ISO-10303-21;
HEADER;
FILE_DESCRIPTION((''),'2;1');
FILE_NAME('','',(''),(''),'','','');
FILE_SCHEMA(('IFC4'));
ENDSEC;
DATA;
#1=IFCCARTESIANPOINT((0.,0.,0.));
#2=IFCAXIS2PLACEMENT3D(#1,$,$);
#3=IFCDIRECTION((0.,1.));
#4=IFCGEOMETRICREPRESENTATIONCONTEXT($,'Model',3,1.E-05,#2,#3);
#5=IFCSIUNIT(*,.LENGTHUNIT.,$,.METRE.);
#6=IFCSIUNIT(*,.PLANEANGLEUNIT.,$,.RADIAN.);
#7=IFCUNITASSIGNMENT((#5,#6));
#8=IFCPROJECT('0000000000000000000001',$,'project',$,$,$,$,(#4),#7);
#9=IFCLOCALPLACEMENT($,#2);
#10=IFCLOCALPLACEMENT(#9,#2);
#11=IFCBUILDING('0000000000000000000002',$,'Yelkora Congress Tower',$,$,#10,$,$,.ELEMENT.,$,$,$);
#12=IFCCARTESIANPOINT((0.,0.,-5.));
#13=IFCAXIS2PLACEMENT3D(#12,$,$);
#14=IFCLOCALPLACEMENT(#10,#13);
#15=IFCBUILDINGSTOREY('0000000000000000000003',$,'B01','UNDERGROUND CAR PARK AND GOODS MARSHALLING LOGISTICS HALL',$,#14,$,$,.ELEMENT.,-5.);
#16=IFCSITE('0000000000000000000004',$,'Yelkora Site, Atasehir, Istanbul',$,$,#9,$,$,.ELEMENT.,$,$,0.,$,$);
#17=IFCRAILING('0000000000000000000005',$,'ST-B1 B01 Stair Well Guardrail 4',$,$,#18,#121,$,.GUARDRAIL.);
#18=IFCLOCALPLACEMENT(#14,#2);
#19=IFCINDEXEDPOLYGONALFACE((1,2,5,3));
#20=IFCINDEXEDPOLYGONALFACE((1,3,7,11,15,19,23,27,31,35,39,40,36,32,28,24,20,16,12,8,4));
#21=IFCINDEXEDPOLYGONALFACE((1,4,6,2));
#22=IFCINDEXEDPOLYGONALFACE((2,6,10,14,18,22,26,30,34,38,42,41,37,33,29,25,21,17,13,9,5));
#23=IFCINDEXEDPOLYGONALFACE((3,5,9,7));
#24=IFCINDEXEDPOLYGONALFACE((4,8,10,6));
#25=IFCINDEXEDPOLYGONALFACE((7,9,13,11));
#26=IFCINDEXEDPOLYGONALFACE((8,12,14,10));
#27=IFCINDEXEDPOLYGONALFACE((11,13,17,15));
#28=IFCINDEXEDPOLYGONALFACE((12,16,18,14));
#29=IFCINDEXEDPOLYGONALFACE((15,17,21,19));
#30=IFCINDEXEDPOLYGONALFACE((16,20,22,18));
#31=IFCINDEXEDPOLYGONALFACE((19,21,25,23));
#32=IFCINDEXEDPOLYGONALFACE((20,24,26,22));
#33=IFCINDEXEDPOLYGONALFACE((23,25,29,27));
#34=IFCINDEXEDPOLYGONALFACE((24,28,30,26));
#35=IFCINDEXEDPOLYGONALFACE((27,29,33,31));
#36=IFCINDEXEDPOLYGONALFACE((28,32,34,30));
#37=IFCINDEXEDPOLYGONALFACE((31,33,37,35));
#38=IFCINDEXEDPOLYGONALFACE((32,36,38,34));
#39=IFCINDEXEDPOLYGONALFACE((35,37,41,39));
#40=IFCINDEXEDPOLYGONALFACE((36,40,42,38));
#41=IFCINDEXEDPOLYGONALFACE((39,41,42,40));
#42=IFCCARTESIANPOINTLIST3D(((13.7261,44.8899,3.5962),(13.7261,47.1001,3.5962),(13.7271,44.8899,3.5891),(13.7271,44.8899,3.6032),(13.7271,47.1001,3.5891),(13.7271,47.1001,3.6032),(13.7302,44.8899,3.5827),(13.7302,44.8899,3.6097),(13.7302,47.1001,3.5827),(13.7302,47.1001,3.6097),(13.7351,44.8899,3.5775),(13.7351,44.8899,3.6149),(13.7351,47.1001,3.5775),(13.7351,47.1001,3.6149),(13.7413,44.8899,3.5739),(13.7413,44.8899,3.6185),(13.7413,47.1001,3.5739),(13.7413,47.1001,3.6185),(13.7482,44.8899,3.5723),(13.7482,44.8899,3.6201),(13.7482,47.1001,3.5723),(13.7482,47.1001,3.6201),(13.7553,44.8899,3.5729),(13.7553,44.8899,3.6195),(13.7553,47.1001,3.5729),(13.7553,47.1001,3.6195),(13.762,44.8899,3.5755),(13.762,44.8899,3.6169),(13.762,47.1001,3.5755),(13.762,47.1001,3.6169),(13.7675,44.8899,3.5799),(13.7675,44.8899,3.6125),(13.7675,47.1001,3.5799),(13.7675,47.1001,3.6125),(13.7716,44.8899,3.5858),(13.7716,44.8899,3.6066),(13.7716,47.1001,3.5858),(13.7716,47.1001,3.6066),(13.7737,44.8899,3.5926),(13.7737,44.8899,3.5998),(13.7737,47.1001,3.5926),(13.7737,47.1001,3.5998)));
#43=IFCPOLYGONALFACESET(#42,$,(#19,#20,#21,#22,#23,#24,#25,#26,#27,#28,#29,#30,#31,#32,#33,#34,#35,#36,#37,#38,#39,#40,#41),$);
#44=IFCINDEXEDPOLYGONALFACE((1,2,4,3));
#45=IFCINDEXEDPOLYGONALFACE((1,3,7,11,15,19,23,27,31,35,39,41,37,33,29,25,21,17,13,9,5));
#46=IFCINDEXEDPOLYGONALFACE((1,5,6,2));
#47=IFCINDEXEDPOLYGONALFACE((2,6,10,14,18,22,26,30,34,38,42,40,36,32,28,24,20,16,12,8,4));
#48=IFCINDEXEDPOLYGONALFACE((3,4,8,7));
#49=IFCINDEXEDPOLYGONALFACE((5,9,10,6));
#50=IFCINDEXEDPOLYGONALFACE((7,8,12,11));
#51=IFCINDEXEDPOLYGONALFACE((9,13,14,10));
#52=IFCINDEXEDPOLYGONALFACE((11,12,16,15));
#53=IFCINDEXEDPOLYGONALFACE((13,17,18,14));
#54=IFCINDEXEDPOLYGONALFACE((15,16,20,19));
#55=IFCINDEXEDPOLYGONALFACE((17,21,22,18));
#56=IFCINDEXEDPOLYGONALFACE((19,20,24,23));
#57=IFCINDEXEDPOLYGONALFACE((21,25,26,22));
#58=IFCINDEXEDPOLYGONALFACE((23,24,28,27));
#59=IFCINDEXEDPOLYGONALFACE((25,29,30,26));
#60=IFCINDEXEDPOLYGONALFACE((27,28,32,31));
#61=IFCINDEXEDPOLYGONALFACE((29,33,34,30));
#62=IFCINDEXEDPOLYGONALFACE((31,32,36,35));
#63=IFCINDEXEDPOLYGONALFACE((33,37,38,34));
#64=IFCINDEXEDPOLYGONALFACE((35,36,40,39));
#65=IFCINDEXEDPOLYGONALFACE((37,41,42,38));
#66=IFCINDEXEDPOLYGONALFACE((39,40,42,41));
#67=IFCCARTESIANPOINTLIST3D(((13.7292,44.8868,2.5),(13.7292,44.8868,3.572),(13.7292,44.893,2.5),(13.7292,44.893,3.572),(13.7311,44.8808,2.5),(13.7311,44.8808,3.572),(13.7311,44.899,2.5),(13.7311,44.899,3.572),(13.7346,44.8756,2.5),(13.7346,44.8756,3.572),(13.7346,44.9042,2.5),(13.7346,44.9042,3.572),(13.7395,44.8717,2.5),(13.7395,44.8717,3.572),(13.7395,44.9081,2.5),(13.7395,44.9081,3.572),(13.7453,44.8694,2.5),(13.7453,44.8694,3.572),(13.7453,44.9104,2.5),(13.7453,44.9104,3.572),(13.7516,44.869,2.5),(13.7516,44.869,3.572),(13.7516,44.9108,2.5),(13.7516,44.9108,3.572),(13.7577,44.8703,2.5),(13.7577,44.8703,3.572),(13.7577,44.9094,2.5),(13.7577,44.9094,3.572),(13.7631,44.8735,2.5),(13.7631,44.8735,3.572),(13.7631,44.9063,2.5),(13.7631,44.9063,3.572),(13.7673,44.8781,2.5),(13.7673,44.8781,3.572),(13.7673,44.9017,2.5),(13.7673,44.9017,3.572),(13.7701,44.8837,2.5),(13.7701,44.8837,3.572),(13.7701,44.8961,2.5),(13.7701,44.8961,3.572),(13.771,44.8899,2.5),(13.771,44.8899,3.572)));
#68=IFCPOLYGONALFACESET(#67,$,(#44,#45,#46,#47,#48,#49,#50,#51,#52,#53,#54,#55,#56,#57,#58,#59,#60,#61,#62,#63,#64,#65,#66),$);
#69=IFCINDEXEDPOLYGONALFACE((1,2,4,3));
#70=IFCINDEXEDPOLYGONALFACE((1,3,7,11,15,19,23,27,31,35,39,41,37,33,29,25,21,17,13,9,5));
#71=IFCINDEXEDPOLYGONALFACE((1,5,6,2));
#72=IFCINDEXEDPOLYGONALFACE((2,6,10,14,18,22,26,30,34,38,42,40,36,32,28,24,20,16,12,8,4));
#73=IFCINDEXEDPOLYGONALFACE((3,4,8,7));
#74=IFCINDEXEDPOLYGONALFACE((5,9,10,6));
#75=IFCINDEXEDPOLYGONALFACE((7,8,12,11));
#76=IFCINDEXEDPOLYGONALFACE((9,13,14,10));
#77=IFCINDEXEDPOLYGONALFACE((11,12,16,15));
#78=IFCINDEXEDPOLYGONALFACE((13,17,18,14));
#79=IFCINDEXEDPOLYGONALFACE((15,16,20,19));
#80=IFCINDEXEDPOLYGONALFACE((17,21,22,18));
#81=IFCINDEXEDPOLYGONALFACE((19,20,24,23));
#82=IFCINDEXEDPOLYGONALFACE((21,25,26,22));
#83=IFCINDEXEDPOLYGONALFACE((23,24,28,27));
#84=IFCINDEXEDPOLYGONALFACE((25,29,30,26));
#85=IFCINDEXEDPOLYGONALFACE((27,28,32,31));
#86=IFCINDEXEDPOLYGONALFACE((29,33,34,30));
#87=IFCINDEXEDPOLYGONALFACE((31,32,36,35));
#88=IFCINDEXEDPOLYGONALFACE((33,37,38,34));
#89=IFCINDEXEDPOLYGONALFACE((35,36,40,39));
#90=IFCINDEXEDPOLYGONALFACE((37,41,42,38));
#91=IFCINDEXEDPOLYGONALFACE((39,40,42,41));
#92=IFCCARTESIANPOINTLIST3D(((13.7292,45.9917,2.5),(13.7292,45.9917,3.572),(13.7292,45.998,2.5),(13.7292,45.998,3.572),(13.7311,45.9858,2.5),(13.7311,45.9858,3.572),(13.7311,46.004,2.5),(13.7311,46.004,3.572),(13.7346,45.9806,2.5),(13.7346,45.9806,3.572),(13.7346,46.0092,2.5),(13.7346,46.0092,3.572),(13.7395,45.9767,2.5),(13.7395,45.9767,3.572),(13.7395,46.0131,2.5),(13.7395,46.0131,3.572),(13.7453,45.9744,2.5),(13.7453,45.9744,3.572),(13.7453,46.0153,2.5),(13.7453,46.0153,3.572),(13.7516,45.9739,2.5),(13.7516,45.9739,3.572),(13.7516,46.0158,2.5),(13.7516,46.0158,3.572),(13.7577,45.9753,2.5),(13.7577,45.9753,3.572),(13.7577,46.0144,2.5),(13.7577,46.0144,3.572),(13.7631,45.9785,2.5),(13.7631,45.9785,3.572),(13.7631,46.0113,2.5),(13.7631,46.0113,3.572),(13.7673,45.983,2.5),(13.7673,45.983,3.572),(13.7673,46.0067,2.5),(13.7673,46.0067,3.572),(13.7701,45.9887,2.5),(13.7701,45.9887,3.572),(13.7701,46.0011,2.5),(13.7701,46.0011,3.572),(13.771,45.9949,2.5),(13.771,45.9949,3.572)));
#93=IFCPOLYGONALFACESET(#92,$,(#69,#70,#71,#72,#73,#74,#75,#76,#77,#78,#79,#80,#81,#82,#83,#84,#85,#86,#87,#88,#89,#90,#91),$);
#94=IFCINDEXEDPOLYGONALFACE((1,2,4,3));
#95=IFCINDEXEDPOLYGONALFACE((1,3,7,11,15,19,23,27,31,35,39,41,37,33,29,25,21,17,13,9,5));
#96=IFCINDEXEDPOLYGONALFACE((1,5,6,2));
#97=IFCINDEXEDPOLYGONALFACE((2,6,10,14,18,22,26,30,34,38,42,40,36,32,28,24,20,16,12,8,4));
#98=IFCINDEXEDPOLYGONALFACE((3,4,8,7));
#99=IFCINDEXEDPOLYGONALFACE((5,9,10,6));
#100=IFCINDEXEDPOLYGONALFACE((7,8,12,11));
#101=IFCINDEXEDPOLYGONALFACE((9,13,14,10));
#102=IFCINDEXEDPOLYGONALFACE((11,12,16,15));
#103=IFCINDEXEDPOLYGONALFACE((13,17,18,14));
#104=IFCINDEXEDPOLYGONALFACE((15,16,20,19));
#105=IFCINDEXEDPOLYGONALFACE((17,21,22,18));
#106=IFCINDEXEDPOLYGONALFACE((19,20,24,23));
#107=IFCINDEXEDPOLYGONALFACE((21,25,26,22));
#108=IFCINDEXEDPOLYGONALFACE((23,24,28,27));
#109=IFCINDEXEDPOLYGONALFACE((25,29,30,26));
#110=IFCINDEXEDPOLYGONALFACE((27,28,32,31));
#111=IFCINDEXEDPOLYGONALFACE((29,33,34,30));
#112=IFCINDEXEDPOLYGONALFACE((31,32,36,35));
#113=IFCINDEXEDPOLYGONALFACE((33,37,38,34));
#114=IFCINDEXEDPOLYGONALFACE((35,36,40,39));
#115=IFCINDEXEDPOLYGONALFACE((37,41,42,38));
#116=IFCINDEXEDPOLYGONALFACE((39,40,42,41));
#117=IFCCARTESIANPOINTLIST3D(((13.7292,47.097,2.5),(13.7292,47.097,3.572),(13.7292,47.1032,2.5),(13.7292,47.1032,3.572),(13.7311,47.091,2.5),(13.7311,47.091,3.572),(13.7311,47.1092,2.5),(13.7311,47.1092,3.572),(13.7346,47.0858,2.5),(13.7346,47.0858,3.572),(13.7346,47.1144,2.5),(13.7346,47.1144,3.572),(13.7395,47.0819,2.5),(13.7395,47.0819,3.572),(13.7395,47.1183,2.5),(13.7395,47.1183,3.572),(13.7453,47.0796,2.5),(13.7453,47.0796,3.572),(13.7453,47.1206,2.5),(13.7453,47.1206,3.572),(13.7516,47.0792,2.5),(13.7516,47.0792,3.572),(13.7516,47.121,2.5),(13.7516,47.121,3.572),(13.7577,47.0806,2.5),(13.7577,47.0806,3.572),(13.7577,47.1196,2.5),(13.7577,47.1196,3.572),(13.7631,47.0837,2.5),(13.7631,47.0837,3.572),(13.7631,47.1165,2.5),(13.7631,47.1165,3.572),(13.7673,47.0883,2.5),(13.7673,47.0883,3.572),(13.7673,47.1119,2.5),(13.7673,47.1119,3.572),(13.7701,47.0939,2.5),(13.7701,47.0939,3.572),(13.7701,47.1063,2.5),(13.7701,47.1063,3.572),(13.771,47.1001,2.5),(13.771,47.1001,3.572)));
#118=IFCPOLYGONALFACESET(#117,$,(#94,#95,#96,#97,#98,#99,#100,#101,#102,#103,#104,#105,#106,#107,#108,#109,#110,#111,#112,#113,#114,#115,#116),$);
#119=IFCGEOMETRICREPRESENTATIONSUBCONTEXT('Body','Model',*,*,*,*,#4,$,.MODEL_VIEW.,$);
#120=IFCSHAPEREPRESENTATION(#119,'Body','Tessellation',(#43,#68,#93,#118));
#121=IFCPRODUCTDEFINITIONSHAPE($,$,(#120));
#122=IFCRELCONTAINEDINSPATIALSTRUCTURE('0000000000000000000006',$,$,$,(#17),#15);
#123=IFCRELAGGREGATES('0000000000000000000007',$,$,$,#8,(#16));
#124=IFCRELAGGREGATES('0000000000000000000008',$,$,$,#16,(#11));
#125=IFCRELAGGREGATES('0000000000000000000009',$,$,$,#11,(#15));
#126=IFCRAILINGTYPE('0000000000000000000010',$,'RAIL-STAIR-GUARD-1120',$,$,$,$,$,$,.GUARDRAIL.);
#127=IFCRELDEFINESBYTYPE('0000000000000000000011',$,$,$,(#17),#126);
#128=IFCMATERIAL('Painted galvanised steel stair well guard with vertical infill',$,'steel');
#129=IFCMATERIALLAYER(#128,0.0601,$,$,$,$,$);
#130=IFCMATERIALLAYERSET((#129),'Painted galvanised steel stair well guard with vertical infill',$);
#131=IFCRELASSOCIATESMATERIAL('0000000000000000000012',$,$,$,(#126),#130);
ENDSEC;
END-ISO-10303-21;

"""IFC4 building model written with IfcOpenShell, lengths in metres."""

from ifc_helpers import new_model, si_unit, direction, frame, origin, origin_2d, place, context, subcontext, project, spatial, circle, extrude, material, layer, layer_set, type_object, element, save


model = new_model("IFC4")

# Units and contexts
model_context = context("Model", 3, precision=1e-05, world=origin(), true_north=direction((0.0, 1.0)))
body_context = subcontext(model_context, "Body", "Model", "MODEL_VIEW")
ifc_project = project(units=[si_unit("LENGTHUNIT", "METRE"), si_unit("PLANEANGLEUNIT", "RADIAN")], contexts=[model_context])

# Site, building, storey
site_placement = place(None, origin())
site = spatial("IfcSite", under=ifc_project, at=site_placement, Name="Yelkora Site, Atasehir, Istanbul", CompositionType="ELEMENT", RefElevation=0.0)
building_placement = place(site_placement, origin())
building = spatial("IfcBuilding", under=site, at=building_placement, Name="Yelkora Congress Tower", CompositionType="ELEMENT")
storey_placement = place(building_placement, frame((0.0, 0.0, -5.0)))
storey = spatial("IfcBuildingStorey", under=building, at=storey_placement, Name="B01", Description="UNDERGROUND CAR PARK AND GOODS MARSHALLING LOGISTICS HALL", CompositionType="ELEMENT", Elevation=-5.0)

# Railing
ifc_material_1 = material(Name="Painted galvanised steel stair well guard with vertical infill", Category="steel")
ifc_layer_1 = layer(ifc_material_1, 0.0601)
ifc_layer_set_1 = layer_set([ifc_layer_1], Name="Painted galvanised steel stair well guard with vertical infill")
railing_type_1 = type_object("IfcRailingType", Name="RAIL-STAIR-GUARD-1120", PredefinedType="GUARDRAIL", material=ifc_layer_set_1)
for number, where, name in (
    (1, (13.75, 44.8899, 2.5), "ST-B1 B01 Stair Well Guardrail 4"),
):
    element("IfcRailing", number, at=place(storey_placement, frame(where)), inside=storey, type_object=railing_type_1, Name=name, PredefinedType="GUARDRAIL", context=body_context, shape_type="SweptSolid", body=[
        extrude(circle(Radius=0.0239, at=origin_2d()), frame((0.0, 0.0, 1.0962), z_axis=(0.0, 1.0, 0.0), x_axis=(-1.0, 0.0, 0.0)), (0.0, 0.0, 1.0), 2.2102),
        extrude(circle(Radius=0.021, at=origin_2d()), origin(), (0.0, 0.0, 1.0), 1.072),
        extrude(circle(Radius=0.021, at=origin_2d()), frame((0.0, 1.105, 0.0)), (0.0, 0.0, 1.0), 1.072),
        extrude(circle(Radius=0.021, at=origin_2d()), frame((0.0, 2.2102, 0.0)), (0.0, 0.0, 1.0), 1.072),
    ])

save(model, "model.ifc")
